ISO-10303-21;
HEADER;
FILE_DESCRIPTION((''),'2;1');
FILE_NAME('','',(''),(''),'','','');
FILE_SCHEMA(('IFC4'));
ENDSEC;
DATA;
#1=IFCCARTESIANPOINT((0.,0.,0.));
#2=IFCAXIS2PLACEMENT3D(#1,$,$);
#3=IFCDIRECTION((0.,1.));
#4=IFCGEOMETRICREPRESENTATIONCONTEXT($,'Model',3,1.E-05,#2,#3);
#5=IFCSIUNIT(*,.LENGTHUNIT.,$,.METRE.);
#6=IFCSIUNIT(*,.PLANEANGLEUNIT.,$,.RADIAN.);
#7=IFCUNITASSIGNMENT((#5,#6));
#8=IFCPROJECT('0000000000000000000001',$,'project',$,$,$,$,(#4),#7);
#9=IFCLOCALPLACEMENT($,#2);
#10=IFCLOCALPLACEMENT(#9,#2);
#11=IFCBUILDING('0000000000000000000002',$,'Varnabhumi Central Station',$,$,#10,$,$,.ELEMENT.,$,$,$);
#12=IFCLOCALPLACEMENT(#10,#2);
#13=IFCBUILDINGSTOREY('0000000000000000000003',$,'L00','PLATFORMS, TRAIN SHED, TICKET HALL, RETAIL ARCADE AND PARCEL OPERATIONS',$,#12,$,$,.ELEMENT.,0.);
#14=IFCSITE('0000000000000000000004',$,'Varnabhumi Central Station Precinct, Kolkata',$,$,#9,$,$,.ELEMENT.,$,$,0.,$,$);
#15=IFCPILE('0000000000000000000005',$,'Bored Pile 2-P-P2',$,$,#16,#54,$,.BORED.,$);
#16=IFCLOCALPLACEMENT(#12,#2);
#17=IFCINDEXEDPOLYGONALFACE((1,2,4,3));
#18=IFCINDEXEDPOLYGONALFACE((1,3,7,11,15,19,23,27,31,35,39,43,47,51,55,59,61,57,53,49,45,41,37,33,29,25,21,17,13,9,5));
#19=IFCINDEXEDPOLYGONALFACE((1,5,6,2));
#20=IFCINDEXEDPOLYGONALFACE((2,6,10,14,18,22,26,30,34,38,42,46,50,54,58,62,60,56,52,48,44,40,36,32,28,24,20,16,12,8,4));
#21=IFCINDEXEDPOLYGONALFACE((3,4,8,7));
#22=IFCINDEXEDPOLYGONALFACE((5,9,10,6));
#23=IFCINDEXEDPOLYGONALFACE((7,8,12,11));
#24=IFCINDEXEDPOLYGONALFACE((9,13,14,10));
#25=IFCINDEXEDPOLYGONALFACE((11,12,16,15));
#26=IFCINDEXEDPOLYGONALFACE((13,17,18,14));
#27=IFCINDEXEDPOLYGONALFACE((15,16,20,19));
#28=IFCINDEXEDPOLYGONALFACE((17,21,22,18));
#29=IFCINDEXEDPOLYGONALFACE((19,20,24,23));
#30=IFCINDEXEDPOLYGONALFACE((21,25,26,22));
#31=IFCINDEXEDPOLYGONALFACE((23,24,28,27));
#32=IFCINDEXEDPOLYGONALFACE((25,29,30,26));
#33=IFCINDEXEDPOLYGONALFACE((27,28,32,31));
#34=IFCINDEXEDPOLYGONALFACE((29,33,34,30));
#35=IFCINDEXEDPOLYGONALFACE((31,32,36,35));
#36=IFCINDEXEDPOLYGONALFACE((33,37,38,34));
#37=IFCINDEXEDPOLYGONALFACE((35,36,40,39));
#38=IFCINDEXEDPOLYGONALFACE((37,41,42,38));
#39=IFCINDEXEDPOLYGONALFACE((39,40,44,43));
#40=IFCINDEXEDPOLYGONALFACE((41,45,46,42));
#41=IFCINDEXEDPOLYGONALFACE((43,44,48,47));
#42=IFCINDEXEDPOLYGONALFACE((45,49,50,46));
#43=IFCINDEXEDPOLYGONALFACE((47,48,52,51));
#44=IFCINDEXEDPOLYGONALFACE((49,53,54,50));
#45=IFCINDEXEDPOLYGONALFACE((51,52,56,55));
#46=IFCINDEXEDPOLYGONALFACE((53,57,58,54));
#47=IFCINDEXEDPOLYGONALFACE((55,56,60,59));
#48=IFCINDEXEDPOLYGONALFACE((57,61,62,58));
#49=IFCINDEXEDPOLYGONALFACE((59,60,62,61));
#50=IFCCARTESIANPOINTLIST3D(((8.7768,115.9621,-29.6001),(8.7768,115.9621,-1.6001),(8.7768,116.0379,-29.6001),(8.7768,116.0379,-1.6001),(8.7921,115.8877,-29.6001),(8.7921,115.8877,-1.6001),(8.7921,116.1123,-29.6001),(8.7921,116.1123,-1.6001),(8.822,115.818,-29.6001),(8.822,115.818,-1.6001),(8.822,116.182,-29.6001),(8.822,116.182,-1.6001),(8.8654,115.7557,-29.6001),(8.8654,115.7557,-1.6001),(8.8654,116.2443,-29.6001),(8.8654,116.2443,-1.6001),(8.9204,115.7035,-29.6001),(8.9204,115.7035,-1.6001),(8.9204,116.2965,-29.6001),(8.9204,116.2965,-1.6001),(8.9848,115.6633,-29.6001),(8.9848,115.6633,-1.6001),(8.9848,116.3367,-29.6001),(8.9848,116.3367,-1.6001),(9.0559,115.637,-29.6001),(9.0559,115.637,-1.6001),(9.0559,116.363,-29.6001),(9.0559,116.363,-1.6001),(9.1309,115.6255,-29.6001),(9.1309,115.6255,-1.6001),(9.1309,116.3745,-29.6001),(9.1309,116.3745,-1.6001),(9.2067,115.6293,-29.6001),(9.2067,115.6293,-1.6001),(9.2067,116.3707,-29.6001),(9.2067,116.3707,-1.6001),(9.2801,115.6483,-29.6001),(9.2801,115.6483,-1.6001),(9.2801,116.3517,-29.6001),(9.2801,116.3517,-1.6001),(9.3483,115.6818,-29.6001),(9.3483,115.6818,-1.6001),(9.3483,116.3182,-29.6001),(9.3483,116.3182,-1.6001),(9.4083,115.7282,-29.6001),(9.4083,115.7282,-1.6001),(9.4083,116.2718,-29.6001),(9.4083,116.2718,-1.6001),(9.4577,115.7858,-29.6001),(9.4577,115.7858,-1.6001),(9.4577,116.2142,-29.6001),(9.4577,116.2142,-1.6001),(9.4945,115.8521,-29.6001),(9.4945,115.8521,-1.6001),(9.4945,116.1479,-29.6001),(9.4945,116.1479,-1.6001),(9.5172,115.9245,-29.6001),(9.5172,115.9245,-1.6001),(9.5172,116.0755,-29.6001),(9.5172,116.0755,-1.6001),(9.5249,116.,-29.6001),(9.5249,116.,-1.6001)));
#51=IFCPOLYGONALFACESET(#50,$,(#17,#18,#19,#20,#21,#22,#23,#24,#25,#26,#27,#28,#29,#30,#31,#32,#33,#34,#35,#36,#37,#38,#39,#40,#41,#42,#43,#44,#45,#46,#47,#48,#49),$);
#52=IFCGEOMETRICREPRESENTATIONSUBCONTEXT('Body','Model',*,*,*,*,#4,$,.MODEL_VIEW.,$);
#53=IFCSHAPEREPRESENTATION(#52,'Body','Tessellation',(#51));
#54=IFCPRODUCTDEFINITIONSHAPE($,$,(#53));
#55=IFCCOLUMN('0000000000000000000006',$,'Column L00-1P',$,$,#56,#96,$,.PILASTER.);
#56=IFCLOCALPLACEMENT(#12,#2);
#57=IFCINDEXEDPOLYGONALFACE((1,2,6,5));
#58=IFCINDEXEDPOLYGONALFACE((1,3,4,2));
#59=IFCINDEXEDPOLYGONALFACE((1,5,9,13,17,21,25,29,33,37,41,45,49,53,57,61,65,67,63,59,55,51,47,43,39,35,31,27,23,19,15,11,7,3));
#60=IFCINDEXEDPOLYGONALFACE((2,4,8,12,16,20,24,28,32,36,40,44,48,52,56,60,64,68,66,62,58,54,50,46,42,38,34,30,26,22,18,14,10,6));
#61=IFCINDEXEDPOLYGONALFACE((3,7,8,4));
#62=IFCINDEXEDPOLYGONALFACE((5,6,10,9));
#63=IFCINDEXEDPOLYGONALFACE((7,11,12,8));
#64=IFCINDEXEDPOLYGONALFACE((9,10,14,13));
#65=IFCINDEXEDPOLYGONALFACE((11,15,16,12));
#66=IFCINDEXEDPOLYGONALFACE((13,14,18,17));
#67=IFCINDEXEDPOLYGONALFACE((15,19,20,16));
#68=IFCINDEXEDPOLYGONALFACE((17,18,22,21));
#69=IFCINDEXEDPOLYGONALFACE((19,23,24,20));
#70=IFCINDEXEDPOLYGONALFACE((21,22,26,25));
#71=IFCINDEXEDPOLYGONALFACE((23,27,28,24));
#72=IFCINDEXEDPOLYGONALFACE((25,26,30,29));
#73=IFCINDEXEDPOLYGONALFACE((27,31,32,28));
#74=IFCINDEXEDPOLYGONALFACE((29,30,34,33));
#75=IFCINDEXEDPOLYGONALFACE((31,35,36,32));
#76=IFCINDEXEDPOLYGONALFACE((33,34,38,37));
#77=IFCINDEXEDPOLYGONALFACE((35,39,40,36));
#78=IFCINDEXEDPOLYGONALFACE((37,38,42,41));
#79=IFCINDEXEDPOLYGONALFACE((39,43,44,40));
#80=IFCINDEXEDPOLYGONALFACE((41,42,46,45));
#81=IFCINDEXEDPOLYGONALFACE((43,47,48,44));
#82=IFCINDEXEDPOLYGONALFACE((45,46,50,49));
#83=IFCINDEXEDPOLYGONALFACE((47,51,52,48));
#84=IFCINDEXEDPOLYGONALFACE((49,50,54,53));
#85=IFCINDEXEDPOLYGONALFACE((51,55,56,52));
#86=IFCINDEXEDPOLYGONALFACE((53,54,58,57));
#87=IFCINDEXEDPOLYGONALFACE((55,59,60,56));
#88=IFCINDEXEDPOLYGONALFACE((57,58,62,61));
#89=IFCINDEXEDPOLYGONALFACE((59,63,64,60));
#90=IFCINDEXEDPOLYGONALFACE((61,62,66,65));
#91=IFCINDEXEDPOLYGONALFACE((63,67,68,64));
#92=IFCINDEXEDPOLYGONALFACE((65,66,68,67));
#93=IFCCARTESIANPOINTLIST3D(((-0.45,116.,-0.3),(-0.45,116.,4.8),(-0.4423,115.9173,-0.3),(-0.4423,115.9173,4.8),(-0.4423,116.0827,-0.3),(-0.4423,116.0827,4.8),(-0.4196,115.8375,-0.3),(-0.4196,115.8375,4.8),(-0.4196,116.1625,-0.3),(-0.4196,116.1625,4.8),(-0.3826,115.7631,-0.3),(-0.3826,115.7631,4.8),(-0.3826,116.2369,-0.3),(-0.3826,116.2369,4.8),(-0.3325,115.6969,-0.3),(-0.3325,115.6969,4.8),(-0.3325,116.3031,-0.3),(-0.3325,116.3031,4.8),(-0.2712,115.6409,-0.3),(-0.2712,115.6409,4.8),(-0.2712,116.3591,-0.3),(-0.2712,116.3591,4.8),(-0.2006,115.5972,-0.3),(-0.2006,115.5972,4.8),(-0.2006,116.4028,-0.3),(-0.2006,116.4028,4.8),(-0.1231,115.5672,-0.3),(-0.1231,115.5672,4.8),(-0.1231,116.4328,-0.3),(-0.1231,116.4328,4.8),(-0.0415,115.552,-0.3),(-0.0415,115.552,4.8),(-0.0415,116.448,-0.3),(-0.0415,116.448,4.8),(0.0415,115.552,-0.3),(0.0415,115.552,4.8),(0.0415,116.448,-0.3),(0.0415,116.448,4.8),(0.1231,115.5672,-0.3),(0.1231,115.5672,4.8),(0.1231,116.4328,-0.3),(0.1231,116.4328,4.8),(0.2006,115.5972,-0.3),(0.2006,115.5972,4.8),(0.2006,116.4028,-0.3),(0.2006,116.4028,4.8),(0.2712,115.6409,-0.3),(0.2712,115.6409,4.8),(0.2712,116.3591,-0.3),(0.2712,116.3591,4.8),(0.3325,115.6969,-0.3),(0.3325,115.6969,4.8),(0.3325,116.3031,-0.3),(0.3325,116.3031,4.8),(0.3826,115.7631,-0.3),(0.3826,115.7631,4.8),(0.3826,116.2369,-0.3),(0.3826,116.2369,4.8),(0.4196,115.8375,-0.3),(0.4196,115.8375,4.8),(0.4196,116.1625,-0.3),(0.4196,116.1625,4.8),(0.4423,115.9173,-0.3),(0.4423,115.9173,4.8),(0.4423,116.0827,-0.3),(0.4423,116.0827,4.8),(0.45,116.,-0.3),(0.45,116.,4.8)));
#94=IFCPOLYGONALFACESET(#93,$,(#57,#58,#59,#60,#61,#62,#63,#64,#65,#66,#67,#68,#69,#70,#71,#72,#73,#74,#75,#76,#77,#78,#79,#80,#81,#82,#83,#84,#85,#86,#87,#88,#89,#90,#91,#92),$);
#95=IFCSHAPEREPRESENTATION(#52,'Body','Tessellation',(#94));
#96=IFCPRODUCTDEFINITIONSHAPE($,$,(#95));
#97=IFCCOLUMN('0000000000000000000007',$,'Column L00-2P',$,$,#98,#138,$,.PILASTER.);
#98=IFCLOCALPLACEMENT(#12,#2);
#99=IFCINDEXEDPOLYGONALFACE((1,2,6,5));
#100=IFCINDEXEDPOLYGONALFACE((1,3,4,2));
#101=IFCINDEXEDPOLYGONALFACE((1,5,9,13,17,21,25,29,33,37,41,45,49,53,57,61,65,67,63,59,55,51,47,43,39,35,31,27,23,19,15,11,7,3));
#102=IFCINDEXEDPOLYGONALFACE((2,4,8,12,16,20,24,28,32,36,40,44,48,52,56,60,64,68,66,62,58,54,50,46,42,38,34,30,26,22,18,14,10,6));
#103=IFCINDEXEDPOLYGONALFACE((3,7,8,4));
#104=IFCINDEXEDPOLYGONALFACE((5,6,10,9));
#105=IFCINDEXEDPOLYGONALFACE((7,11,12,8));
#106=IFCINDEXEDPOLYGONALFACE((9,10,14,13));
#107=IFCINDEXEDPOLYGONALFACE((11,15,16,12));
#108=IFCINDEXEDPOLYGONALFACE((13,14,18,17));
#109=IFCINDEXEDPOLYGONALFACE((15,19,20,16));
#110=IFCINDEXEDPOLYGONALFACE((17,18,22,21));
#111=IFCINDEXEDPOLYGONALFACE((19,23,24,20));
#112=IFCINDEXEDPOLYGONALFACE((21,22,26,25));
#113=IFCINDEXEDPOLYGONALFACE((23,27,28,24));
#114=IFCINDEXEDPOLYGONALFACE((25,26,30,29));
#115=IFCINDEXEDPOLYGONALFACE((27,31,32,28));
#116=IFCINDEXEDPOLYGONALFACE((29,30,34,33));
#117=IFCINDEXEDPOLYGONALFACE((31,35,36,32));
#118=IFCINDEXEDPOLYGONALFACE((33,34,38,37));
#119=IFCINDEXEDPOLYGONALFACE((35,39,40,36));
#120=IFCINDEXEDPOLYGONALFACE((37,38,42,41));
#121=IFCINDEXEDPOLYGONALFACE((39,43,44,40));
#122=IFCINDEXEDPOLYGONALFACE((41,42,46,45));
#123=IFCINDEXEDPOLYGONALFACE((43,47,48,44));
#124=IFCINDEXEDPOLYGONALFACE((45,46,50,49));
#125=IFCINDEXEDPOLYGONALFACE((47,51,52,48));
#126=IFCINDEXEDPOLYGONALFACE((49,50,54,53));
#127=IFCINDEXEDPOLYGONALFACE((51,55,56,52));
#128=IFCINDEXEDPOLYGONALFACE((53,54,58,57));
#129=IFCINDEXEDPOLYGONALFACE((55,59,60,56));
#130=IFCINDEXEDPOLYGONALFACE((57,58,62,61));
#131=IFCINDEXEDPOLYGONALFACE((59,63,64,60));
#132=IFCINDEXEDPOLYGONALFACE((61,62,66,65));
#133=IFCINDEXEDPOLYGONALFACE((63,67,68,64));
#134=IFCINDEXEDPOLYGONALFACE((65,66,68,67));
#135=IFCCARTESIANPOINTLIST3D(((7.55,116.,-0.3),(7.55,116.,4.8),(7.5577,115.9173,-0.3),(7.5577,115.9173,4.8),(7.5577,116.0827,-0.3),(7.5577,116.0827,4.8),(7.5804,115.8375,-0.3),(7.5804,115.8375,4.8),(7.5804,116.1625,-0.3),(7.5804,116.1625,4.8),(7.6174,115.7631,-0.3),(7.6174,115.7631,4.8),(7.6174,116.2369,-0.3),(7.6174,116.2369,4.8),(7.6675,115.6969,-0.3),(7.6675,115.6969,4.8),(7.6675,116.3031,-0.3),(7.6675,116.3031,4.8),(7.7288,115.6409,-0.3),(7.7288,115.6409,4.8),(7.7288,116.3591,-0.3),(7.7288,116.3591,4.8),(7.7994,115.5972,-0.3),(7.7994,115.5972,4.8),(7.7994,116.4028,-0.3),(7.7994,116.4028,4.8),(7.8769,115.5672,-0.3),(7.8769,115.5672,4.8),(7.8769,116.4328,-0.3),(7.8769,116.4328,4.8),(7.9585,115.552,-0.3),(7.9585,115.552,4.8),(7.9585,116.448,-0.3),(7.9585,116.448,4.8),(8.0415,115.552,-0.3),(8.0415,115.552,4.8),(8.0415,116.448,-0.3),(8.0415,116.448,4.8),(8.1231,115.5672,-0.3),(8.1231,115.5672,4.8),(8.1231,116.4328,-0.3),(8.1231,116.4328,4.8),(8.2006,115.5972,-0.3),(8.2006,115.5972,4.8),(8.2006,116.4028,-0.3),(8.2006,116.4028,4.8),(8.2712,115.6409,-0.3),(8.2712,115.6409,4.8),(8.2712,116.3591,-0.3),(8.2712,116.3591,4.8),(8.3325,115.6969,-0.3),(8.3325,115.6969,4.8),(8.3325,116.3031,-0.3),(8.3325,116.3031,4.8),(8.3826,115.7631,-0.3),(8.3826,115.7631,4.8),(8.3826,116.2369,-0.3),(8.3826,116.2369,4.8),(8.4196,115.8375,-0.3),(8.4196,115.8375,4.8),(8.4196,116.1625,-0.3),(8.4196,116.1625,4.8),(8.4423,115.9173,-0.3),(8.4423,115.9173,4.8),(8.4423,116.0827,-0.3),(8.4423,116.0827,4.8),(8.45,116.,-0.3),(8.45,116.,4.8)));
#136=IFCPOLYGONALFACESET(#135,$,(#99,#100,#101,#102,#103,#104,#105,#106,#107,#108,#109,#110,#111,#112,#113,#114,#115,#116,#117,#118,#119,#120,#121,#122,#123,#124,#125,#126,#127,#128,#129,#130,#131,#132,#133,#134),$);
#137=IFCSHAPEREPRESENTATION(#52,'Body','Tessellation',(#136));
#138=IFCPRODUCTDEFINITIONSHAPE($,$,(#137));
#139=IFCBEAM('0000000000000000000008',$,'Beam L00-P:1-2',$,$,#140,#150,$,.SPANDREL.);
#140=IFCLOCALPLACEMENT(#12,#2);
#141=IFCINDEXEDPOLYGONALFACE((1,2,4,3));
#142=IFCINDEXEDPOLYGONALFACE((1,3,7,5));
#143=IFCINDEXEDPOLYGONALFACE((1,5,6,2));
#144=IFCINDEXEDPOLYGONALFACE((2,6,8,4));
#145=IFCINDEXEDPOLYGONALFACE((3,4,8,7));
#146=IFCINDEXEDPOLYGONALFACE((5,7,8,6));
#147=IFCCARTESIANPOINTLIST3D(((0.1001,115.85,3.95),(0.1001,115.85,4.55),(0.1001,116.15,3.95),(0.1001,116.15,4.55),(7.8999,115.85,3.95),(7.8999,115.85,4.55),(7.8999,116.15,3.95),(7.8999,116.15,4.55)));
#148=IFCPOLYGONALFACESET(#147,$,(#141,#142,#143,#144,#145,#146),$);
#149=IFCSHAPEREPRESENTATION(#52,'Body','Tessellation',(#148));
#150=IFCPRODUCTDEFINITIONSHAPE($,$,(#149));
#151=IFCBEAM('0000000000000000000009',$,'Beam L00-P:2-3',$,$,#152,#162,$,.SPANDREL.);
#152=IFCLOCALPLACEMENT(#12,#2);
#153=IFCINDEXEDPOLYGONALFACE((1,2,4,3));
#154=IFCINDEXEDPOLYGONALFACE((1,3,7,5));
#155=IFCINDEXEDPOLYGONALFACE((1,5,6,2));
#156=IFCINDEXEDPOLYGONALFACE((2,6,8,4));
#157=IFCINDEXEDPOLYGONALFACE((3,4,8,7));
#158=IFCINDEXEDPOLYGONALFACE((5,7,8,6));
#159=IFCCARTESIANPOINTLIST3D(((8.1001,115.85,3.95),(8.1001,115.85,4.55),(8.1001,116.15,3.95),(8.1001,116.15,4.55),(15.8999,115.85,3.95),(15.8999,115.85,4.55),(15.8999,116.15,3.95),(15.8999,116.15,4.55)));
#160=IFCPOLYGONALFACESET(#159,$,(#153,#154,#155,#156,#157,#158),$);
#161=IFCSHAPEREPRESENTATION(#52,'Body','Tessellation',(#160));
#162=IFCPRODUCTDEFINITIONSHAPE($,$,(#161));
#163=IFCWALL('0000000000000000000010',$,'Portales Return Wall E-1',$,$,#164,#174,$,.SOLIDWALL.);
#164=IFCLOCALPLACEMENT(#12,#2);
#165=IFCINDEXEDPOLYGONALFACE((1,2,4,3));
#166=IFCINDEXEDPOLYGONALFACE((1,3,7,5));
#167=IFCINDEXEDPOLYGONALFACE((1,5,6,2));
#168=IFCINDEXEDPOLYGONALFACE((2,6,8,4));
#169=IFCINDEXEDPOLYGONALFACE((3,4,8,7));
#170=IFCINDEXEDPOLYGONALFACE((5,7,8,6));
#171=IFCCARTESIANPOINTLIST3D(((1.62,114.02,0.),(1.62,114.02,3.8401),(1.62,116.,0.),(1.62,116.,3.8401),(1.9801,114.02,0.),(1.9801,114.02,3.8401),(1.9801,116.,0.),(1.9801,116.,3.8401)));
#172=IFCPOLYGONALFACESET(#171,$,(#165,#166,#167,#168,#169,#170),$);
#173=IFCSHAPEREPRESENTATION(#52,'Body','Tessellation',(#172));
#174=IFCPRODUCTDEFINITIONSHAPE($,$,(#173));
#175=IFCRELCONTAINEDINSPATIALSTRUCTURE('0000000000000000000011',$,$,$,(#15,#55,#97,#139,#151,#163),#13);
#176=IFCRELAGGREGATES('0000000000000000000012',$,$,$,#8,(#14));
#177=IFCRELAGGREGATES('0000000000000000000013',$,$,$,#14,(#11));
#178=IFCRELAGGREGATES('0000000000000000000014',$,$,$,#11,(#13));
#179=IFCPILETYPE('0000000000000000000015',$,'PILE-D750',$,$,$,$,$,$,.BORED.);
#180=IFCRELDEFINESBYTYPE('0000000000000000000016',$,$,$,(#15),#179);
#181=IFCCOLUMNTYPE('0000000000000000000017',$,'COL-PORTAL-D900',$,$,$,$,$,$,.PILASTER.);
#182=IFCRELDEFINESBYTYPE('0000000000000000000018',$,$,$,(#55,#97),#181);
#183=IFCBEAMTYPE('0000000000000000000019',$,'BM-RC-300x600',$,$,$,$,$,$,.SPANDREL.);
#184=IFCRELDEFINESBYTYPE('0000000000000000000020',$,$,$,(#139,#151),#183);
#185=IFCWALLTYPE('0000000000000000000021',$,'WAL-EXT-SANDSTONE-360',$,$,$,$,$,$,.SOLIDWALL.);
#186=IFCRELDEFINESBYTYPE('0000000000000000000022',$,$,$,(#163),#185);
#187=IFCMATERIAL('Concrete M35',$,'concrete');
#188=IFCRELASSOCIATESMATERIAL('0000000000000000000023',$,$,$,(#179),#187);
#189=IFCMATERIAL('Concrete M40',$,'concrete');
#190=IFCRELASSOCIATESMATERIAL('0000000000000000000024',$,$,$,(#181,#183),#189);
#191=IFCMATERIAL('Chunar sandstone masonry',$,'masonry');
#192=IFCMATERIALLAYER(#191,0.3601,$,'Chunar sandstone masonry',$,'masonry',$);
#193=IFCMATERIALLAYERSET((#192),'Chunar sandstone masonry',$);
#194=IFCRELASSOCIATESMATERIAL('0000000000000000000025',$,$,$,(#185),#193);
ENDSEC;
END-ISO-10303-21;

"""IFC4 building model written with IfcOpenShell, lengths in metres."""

from ifc_helpers import new_model, si_unit, direction, frame, frame_2d, origin, origin_2d, place, context, subcontext, project, spatial, rectangle, circle, extrude, material, layer, layer_set, material_profile, profile_set, type_object, element, save


model = new_model("IFC4")

# Units and contexts
model_context = context("Model", 3, precision=1e-05, world=origin(), true_north=direction((0.0, 1.0)))
body_context = subcontext(model_context, "Body", "Model", "MODEL_VIEW")
ifc_project = project(units=[si_unit("LENGTHUNIT", "METRE"), si_unit("PLANEANGLEUNIT", "RADIAN")], contexts=[model_context])

# Site, building, storey
site_placement = place(None, origin())
site = spatial("IfcSite", under=ifc_project, at=site_placement, Name="Varnabhumi Central Station Precinct, Kolkata", CompositionType="ELEMENT", RefElevation=0.0)
building_placement = place(site_placement, origin())
building = spatial("IfcBuilding", under=site, at=building_placement, Name="Varnabhumi Central Station", CompositionType="ELEMENT")
storey_placement = place(building_placement, origin())
storey = spatial("IfcBuildingStorey", under=building, at=storey_placement, Name="L00", Description="PLATFORMS, TRAIN SHED, TICKET HALL, RETAIL ARCADE AND PARCEL OPERATIONS", CompositionType="ELEMENT", Elevation=0.0)

# Shared definitions
ifc_material_1 = material(Name="Concrete M40", Category="concrete")

# Pile
ifc_material_2 = material(Name="Concrete M35", Category="concrete")
ifc_material_profile_1 = material_profile(ifc_material_2, circle(Radius=0.375, at=origin_2d()), Name="Concrete M35", Category="concrete")
ifc_profile_set_1 = profile_set([ifc_material_profile_1], Name="Concrete M35")
pile_type = type_object("IfcPileType", Name="PILE-D750", PredefinedType="BORED", material=ifc_profile_set_1)
for number, where, z_axis, x_axis, name in (
    (1, (9.1499, 116.0, -1.6001), (0.0, 0.0, -1.0), (1.0, 0.0, 0.0), "Bored Pile 2-P-P2"),
):
    element("IfcPile", number, at=place(storey_placement, frame(where, z_axis=z_axis, x_axis=x_axis)), inside=storey, type_object=pile_type, Name=name, PredefinedType="BORED", context=body_context, shape_type="SweptSolid", body=[
        extrude(circle(Radius=0.375, at=origin_2d()), origin(), (0.0, 0.0, 1.0), 28.0),
    ])

# Columns
ifc_material_profile_2 = material_profile(ifc_material_1, circle(Radius=0.45, at=origin_2d()), Name="Concrete M40", Category="concrete")
ifc_profile_set_2 = profile_set([ifc_material_profile_2], Name="Concrete M40")
column_type = type_object("IfcColumnType", Name="COL-PORTAL-D900", PredefinedType="PILASTER", material=ifc_profile_set_2)
for number, where, z_axis, x_axis, name in (
    (2, (0.0, 116.0, -0.3), (0.0, 0.0, 1.0), (1.0, 0.0, 0.0), "Column L00-1P"),
    (3, (8.0, 116.0, -0.3), (0.0, 0.0, 1.0), (1.0, 0.0, 0.0), "Column L00-2P"),
):
    element("IfcColumn", number, at=place(storey_placement, frame(where, z_axis=z_axis, x_axis=x_axis)), inside=storey, type_object=column_type, Name=name, PredefinedType="PILASTER", context=body_context, shape_type="SweptSolid", body=[
        extrude(circle(Radius=0.45, at=origin_2d()), origin(), (0.0, 0.0, 1.0), 5.1001),
    ])

# Beams
ifc_material_profile_3 = material_profile(ifc_material_1, rectangle(XDim=0.3, YDim=0.6001, at=origin_2d()), Name="Concrete M40", Category="concrete")
ifc_profile_set_3 = profile_set([ifc_material_profile_3], Name="Concrete M40")
beam_type = type_object("IfcBeamType", Name="BM-RC-300x600", PredefinedType="SPANDREL", material=ifc_profile_set_3)
for number, where, z_axis, x_axis, name in (
    (4, (0.1001, 116.0, 4.25), (1.0, 0.0, 0.0), (0.0, 1.0, 0.0), "Beam L00-P:1-2"),
    (5, (8.1001, 116.0, 4.25), (1.0, 0.0, 0.0), (0.0, 1.0, 0.0), "Beam L00-P:2-3"),
):
    element("IfcBeam", number, at=place(storey_placement, frame(where, z_axis=z_axis, x_axis=x_axis)), inside=storey, type_object=beam_type, Name=name, PredefinedType="SPANDREL", context=body_context, shape_type="SweptSolid", body=[
        extrude(rectangle(XDim=0.3, YDim=0.6001, at=origin_2d()), origin(), (0.0, 0.0, 1.0), 7.7998),
    ])

# Wall
ifc_material_3 = material(Name="Chunar sandstone masonry", Category="masonry")
ifc_layer_1 = layer(ifc_material_3, 0.3601, Name="Chunar sandstone masonry", Category="masonry")
ifc_layer_set_1 = layer_set([ifc_layer_1], Name="Chunar sandstone masonry")
wall_type = type_object("IfcWallType", Name="WAL-EXT-SANDSTONE-360", PredefinedType="SOLIDWALL", material=ifc_layer_set_1)
wall_1_placement = place(storey_placement, frame((1.8, 114.02, 0.0), z_axis=(0.0, 0.0, 1.0), x_axis=(0.0, 1.0, 0.0)))
element("IfcWall", 6, at=wall_1_placement, inside=storey, type_object=wall_type, Name="Portales Return Wall E-1", PredefinedType="SOLIDWALL", context=body_context, shape_type="SweptSolid", body=[
    extrude(rectangle(XDim=1.98, YDim=0.3601, at=frame_2d((0.99, 0.0))), origin(), (0.0, 0.0, 1.0), 3.8401),
])

save(model, "model.ifc")
